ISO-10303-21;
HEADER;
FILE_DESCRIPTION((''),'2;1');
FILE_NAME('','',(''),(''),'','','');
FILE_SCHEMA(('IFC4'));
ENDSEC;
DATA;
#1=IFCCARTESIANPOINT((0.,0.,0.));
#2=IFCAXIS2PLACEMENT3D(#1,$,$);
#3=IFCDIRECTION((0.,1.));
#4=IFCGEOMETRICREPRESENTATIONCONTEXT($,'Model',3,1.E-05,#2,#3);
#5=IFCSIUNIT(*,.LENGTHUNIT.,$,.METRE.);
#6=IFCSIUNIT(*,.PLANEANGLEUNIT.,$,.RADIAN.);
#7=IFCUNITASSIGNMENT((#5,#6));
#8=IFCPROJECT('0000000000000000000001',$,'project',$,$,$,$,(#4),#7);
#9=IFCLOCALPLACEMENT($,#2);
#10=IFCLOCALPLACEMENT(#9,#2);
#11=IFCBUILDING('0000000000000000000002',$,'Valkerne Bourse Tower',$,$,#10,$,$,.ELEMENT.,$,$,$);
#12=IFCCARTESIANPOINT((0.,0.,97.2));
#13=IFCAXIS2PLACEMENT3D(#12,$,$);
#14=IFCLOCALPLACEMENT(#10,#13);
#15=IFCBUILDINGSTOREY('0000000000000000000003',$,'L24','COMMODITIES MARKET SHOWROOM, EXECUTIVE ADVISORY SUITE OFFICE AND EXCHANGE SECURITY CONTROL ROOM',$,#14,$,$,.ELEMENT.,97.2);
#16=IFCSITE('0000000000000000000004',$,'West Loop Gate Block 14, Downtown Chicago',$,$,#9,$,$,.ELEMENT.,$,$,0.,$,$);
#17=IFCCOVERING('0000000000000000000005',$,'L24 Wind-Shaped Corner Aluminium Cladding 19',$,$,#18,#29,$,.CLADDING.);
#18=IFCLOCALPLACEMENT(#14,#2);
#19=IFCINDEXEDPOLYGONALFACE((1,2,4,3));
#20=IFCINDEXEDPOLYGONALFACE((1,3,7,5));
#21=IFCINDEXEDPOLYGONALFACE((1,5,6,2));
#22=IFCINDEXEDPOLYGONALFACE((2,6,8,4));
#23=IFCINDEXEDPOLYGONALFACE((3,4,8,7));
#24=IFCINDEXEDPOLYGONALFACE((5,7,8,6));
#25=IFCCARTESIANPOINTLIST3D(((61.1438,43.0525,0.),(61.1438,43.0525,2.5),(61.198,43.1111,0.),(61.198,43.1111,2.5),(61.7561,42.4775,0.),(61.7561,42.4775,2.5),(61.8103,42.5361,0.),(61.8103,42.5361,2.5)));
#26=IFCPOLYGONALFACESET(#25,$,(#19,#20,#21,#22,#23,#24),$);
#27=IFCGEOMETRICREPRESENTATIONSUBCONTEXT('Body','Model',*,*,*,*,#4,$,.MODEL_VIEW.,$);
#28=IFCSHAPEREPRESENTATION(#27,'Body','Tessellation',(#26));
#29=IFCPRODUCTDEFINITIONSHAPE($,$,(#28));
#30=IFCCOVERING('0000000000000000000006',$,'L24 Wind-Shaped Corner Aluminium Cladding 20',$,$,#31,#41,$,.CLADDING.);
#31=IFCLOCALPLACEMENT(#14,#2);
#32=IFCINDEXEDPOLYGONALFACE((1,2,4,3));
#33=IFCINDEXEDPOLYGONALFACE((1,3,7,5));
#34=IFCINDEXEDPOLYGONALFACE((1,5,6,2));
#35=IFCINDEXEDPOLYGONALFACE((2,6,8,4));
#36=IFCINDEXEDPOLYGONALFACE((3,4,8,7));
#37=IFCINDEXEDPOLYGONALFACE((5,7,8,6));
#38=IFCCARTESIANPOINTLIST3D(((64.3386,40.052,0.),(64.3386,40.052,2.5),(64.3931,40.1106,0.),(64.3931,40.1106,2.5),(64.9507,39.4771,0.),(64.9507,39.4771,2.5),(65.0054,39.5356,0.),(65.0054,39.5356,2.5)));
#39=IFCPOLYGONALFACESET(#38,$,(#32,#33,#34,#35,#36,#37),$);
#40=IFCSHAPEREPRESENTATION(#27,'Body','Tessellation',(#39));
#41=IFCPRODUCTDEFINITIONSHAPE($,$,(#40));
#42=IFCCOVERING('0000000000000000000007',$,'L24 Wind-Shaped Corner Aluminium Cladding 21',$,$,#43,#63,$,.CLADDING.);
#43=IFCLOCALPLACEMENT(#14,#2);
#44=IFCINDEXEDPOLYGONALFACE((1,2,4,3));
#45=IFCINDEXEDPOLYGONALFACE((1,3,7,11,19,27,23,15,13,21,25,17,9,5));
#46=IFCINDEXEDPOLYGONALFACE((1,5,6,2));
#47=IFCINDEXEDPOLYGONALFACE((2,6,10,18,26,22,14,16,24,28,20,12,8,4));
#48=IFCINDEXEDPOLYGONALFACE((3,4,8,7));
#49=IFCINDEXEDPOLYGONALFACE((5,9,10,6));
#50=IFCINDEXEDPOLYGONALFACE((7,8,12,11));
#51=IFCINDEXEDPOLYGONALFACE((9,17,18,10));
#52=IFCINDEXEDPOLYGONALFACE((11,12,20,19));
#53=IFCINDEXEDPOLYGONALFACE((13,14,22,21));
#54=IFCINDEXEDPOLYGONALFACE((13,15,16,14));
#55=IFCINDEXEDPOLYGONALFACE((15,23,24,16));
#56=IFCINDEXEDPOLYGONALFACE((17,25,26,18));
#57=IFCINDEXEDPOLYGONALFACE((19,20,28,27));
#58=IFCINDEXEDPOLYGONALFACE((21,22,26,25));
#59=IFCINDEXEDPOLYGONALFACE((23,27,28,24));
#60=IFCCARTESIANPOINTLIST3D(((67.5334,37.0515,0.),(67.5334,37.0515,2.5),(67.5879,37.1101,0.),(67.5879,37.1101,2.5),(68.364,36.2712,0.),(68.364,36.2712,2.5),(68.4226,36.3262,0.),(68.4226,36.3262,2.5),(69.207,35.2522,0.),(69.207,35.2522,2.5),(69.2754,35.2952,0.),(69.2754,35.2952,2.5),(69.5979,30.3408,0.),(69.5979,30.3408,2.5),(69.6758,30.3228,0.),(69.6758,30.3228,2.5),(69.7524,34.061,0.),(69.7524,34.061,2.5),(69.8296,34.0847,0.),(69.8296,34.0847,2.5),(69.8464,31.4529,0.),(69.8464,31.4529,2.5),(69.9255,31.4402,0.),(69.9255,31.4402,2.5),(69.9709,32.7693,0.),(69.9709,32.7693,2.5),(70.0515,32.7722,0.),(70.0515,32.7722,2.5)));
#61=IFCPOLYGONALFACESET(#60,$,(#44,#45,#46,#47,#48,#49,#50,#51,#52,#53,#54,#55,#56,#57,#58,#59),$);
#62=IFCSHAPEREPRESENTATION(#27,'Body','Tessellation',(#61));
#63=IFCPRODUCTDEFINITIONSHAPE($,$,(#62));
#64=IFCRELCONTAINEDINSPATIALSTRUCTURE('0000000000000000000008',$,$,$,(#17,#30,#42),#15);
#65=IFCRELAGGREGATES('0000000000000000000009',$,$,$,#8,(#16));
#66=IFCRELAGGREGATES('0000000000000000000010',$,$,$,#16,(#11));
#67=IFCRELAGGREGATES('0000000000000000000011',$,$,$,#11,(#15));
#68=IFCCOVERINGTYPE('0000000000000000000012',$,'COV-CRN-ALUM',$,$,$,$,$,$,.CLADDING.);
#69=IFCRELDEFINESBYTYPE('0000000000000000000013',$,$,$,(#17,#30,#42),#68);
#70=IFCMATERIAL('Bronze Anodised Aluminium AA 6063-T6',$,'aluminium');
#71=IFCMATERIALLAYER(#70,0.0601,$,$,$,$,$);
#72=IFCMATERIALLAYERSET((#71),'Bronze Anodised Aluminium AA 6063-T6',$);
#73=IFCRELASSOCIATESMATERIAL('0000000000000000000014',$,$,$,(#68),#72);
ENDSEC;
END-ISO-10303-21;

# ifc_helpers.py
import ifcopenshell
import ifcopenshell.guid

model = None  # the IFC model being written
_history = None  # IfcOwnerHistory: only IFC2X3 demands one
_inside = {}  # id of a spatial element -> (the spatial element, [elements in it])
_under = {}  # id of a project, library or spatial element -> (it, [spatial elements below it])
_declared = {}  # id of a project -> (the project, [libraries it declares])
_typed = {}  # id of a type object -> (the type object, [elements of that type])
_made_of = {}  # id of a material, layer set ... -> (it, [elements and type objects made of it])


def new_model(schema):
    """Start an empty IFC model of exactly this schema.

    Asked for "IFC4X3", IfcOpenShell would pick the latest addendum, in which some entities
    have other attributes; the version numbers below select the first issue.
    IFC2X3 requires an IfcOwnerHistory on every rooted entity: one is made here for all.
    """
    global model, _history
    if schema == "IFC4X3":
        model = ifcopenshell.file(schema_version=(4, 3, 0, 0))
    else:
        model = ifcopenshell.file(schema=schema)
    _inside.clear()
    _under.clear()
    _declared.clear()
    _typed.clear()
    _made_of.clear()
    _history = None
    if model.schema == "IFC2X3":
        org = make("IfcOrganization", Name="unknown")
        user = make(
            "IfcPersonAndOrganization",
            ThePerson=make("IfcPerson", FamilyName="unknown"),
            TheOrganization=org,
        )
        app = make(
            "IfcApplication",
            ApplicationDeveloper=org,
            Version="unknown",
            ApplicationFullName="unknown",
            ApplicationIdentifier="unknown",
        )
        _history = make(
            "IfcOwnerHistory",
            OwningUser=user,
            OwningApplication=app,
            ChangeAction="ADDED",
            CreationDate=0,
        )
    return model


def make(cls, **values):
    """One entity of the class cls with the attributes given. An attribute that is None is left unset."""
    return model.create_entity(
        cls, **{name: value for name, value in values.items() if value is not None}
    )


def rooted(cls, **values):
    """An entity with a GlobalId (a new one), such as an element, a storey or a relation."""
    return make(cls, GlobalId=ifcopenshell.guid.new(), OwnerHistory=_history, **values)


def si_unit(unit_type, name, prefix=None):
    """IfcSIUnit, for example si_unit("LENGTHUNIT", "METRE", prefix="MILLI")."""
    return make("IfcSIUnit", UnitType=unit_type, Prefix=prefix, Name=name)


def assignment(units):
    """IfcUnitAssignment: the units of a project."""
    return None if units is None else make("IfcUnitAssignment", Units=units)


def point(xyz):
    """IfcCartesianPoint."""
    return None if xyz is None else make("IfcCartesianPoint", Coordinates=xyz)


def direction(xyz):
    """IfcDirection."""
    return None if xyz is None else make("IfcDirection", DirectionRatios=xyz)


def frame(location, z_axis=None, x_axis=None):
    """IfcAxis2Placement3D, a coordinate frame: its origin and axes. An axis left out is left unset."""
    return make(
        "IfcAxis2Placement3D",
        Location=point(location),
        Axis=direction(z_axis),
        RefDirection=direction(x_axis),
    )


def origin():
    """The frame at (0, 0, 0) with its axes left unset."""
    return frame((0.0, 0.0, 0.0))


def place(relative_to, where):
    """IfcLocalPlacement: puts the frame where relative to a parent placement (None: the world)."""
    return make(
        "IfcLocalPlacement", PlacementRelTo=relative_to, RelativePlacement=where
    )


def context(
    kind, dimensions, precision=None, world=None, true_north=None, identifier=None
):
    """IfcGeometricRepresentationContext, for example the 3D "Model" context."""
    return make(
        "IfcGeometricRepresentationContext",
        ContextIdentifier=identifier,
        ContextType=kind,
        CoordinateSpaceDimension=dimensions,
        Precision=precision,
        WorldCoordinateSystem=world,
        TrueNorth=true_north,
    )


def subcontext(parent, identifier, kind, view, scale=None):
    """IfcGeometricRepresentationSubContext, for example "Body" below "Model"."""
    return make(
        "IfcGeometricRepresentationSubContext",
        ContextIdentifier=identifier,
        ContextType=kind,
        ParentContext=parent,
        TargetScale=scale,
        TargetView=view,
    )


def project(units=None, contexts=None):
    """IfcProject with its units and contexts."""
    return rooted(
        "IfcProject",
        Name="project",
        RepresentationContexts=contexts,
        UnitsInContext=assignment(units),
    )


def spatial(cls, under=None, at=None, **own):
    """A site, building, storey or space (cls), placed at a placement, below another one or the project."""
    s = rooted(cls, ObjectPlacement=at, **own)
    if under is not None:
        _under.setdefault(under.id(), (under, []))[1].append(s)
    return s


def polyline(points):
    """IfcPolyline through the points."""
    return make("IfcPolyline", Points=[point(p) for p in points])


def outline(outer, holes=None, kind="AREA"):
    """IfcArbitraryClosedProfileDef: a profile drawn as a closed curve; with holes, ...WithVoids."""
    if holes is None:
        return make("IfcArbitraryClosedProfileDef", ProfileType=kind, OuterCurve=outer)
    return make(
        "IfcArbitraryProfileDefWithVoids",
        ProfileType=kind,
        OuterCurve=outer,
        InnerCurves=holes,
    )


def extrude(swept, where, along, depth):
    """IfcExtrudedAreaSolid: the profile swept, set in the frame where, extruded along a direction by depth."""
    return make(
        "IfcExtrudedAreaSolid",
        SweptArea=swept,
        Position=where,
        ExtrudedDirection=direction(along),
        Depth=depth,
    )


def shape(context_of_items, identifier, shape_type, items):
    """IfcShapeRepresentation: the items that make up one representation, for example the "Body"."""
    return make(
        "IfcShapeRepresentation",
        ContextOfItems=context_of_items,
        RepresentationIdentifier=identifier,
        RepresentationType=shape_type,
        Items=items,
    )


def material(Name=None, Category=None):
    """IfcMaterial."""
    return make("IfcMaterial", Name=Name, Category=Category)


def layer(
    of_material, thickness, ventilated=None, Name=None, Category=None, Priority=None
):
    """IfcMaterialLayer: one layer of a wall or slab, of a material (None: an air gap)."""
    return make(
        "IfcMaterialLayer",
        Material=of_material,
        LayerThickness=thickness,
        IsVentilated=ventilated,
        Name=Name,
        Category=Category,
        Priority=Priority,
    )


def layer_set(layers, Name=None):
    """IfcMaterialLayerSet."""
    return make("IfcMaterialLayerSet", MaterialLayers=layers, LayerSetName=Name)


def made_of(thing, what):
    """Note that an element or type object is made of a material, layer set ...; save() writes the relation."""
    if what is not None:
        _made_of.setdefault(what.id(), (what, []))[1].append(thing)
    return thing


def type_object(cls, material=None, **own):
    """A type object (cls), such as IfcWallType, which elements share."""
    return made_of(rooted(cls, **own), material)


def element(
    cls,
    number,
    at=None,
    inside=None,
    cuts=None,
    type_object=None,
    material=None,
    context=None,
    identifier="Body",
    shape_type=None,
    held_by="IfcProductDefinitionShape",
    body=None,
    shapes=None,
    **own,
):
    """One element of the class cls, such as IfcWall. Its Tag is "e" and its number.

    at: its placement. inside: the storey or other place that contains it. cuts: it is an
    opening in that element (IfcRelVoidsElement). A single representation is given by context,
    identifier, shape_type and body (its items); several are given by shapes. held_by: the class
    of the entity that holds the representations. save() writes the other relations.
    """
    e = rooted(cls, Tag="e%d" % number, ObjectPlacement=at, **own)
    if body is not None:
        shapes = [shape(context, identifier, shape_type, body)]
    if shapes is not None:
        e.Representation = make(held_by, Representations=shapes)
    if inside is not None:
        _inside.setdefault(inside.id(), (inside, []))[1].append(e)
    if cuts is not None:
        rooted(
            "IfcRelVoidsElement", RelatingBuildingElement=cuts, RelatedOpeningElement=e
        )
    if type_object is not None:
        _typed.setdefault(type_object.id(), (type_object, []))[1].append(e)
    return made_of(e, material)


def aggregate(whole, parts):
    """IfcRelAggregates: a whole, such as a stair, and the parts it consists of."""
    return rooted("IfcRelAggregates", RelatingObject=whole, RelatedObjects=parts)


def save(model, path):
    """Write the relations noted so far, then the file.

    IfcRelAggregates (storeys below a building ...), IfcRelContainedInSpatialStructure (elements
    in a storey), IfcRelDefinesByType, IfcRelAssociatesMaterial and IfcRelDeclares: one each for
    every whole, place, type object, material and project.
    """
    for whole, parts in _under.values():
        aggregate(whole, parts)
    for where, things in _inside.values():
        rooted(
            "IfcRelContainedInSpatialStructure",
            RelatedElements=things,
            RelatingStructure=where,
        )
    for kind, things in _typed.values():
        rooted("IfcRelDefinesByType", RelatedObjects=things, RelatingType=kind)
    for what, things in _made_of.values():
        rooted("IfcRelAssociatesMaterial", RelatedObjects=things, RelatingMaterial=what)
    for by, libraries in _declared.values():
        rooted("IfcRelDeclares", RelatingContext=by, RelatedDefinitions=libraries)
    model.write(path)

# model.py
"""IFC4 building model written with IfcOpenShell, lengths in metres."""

from ifc_helpers import new_model, si_unit, direction, frame, origin, place, context, subcontext, project, spatial, polyline, outline, extrude, material, layer, layer_set, type_object, element, save


model = new_model("IFC4")

# Units and contexts
model_context = context("Model", 3, precision=1e-05, world=origin(), true_north=direction((0.0, 1.0)))
body_context = subcontext(model_context, "Body", "Model", "MODEL_VIEW")
ifc_project = project(units=[si_unit("LENGTHUNIT", "METRE"), si_unit("PLANEANGLEUNIT", "RADIAN")], contexts=[model_context])

# Site, building, storey
site_placement = place(None, origin())
site = spatial("IfcSite", under=ifc_project, at=site_placement, Name="West Loop Gate Block 14, Downtown Chicago", CompositionType="ELEMENT", RefElevation=0.0)
building_placement = place(site_placement, origin())
building = spatial("IfcBuilding", under=site, at=building_placement, Name="Valkerne Bourse Tower", CompositionType="ELEMENT")
storey_placement = place(building_placement, frame((0.0, 0.0, 97.2)))
storey = spatial("IfcBuildingStorey", under=building, at=storey_placement, Name="L24", Description="COMMODITIES MARKET SHOWROOM, EXECUTIVE ADVISORY SUITE OFFICE AND EXCHANGE SECURITY CONTROL ROOM", CompositionType="ELEMENT", Elevation=97.2)

# Coverings
ifc_material_1 = material(Name="Bronze Anodised Aluminium AA 6063-T6", Category="aluminium")
ifc_layer_1 = layer(ifc_material_1, 0.0601)
ifc_layer_set_1 = layer_set([ifc_layer_1], Name="Bronze Anodised Aluminium AA 6063-T6")
covering_type = type_object("IfcCoveringType", Name="COV-CRN-ALUM", PredefinedType="CLADDING", material=ifc_layer_set_1)
covering_1_placement = place(storey_placement, origin())
element("IfcCovering", 1, at=covering_1_placement, inside=storey, type_object=covering_type, Name="L24 Wind-Shaped Corner Aluminium Cladding 19", PredefinedType="CLADDING", context=body_context, shape_type="SweptSolid", body=[
    extrude(outline(polyline([(61.8103, 42.5361), (61.7561, 42.4775), (61.1438, 43.0525), (61.198, 43.1111), (61.8103, 42.5361)])), origin(), (0.0, 0.0, 1.0), 2.5),
])
covering_2_placement = place(storey_placement, origin())
element("IfcCovering", 2, at=covering_2_placement, inside=storey, type_object=covering_type, Name="L24 Wind-Shaped Corner Aluminium Cladding 20", PredefinedType="CLADDING", context=body_context, shape_type="SweptSolid", body=[
    extrude(outline(polyline([(65.0054, 39.5356), (64.9507, 39.4771), (64.3386, 40.052), (64.3931, 40.1106), (65.0054, 39.5356)])), origin(), (0.0, 0.0, 1.0), 2.5),
])
covering_3_placement = place(storey_placement, origin())
element("IfcCovering", 3, at=covering_3_placement, inside=storey, type_object=covering_type, Name="L24 Wind-Shaped Corner Aluminium Cladding 21", PredefinedType="CLADDING", context=body_context, shape_type="SweptSolid", body=[
    extrude(outline(polyline([(68.4226, 36.3262), (69.2754, 35.2952), (69.8296, 34.0847), (70.0515, 32.7722), (69.9255, 31.4402), (69.6758, 30.3228), (69.5979, 30.3408), (69.8464, 31.4529), (69.9709, 32.7693), (69.7524, 34.061), (69.207, 35.2522), (68.364, 36.2712), (67.5334, 37.0515), (67.5879, 37.1101), (68.4226, 36.3262)])), origin(), (0.0, 0.0, 1.0), 2.5),
])

save(model, "model.ifc")
